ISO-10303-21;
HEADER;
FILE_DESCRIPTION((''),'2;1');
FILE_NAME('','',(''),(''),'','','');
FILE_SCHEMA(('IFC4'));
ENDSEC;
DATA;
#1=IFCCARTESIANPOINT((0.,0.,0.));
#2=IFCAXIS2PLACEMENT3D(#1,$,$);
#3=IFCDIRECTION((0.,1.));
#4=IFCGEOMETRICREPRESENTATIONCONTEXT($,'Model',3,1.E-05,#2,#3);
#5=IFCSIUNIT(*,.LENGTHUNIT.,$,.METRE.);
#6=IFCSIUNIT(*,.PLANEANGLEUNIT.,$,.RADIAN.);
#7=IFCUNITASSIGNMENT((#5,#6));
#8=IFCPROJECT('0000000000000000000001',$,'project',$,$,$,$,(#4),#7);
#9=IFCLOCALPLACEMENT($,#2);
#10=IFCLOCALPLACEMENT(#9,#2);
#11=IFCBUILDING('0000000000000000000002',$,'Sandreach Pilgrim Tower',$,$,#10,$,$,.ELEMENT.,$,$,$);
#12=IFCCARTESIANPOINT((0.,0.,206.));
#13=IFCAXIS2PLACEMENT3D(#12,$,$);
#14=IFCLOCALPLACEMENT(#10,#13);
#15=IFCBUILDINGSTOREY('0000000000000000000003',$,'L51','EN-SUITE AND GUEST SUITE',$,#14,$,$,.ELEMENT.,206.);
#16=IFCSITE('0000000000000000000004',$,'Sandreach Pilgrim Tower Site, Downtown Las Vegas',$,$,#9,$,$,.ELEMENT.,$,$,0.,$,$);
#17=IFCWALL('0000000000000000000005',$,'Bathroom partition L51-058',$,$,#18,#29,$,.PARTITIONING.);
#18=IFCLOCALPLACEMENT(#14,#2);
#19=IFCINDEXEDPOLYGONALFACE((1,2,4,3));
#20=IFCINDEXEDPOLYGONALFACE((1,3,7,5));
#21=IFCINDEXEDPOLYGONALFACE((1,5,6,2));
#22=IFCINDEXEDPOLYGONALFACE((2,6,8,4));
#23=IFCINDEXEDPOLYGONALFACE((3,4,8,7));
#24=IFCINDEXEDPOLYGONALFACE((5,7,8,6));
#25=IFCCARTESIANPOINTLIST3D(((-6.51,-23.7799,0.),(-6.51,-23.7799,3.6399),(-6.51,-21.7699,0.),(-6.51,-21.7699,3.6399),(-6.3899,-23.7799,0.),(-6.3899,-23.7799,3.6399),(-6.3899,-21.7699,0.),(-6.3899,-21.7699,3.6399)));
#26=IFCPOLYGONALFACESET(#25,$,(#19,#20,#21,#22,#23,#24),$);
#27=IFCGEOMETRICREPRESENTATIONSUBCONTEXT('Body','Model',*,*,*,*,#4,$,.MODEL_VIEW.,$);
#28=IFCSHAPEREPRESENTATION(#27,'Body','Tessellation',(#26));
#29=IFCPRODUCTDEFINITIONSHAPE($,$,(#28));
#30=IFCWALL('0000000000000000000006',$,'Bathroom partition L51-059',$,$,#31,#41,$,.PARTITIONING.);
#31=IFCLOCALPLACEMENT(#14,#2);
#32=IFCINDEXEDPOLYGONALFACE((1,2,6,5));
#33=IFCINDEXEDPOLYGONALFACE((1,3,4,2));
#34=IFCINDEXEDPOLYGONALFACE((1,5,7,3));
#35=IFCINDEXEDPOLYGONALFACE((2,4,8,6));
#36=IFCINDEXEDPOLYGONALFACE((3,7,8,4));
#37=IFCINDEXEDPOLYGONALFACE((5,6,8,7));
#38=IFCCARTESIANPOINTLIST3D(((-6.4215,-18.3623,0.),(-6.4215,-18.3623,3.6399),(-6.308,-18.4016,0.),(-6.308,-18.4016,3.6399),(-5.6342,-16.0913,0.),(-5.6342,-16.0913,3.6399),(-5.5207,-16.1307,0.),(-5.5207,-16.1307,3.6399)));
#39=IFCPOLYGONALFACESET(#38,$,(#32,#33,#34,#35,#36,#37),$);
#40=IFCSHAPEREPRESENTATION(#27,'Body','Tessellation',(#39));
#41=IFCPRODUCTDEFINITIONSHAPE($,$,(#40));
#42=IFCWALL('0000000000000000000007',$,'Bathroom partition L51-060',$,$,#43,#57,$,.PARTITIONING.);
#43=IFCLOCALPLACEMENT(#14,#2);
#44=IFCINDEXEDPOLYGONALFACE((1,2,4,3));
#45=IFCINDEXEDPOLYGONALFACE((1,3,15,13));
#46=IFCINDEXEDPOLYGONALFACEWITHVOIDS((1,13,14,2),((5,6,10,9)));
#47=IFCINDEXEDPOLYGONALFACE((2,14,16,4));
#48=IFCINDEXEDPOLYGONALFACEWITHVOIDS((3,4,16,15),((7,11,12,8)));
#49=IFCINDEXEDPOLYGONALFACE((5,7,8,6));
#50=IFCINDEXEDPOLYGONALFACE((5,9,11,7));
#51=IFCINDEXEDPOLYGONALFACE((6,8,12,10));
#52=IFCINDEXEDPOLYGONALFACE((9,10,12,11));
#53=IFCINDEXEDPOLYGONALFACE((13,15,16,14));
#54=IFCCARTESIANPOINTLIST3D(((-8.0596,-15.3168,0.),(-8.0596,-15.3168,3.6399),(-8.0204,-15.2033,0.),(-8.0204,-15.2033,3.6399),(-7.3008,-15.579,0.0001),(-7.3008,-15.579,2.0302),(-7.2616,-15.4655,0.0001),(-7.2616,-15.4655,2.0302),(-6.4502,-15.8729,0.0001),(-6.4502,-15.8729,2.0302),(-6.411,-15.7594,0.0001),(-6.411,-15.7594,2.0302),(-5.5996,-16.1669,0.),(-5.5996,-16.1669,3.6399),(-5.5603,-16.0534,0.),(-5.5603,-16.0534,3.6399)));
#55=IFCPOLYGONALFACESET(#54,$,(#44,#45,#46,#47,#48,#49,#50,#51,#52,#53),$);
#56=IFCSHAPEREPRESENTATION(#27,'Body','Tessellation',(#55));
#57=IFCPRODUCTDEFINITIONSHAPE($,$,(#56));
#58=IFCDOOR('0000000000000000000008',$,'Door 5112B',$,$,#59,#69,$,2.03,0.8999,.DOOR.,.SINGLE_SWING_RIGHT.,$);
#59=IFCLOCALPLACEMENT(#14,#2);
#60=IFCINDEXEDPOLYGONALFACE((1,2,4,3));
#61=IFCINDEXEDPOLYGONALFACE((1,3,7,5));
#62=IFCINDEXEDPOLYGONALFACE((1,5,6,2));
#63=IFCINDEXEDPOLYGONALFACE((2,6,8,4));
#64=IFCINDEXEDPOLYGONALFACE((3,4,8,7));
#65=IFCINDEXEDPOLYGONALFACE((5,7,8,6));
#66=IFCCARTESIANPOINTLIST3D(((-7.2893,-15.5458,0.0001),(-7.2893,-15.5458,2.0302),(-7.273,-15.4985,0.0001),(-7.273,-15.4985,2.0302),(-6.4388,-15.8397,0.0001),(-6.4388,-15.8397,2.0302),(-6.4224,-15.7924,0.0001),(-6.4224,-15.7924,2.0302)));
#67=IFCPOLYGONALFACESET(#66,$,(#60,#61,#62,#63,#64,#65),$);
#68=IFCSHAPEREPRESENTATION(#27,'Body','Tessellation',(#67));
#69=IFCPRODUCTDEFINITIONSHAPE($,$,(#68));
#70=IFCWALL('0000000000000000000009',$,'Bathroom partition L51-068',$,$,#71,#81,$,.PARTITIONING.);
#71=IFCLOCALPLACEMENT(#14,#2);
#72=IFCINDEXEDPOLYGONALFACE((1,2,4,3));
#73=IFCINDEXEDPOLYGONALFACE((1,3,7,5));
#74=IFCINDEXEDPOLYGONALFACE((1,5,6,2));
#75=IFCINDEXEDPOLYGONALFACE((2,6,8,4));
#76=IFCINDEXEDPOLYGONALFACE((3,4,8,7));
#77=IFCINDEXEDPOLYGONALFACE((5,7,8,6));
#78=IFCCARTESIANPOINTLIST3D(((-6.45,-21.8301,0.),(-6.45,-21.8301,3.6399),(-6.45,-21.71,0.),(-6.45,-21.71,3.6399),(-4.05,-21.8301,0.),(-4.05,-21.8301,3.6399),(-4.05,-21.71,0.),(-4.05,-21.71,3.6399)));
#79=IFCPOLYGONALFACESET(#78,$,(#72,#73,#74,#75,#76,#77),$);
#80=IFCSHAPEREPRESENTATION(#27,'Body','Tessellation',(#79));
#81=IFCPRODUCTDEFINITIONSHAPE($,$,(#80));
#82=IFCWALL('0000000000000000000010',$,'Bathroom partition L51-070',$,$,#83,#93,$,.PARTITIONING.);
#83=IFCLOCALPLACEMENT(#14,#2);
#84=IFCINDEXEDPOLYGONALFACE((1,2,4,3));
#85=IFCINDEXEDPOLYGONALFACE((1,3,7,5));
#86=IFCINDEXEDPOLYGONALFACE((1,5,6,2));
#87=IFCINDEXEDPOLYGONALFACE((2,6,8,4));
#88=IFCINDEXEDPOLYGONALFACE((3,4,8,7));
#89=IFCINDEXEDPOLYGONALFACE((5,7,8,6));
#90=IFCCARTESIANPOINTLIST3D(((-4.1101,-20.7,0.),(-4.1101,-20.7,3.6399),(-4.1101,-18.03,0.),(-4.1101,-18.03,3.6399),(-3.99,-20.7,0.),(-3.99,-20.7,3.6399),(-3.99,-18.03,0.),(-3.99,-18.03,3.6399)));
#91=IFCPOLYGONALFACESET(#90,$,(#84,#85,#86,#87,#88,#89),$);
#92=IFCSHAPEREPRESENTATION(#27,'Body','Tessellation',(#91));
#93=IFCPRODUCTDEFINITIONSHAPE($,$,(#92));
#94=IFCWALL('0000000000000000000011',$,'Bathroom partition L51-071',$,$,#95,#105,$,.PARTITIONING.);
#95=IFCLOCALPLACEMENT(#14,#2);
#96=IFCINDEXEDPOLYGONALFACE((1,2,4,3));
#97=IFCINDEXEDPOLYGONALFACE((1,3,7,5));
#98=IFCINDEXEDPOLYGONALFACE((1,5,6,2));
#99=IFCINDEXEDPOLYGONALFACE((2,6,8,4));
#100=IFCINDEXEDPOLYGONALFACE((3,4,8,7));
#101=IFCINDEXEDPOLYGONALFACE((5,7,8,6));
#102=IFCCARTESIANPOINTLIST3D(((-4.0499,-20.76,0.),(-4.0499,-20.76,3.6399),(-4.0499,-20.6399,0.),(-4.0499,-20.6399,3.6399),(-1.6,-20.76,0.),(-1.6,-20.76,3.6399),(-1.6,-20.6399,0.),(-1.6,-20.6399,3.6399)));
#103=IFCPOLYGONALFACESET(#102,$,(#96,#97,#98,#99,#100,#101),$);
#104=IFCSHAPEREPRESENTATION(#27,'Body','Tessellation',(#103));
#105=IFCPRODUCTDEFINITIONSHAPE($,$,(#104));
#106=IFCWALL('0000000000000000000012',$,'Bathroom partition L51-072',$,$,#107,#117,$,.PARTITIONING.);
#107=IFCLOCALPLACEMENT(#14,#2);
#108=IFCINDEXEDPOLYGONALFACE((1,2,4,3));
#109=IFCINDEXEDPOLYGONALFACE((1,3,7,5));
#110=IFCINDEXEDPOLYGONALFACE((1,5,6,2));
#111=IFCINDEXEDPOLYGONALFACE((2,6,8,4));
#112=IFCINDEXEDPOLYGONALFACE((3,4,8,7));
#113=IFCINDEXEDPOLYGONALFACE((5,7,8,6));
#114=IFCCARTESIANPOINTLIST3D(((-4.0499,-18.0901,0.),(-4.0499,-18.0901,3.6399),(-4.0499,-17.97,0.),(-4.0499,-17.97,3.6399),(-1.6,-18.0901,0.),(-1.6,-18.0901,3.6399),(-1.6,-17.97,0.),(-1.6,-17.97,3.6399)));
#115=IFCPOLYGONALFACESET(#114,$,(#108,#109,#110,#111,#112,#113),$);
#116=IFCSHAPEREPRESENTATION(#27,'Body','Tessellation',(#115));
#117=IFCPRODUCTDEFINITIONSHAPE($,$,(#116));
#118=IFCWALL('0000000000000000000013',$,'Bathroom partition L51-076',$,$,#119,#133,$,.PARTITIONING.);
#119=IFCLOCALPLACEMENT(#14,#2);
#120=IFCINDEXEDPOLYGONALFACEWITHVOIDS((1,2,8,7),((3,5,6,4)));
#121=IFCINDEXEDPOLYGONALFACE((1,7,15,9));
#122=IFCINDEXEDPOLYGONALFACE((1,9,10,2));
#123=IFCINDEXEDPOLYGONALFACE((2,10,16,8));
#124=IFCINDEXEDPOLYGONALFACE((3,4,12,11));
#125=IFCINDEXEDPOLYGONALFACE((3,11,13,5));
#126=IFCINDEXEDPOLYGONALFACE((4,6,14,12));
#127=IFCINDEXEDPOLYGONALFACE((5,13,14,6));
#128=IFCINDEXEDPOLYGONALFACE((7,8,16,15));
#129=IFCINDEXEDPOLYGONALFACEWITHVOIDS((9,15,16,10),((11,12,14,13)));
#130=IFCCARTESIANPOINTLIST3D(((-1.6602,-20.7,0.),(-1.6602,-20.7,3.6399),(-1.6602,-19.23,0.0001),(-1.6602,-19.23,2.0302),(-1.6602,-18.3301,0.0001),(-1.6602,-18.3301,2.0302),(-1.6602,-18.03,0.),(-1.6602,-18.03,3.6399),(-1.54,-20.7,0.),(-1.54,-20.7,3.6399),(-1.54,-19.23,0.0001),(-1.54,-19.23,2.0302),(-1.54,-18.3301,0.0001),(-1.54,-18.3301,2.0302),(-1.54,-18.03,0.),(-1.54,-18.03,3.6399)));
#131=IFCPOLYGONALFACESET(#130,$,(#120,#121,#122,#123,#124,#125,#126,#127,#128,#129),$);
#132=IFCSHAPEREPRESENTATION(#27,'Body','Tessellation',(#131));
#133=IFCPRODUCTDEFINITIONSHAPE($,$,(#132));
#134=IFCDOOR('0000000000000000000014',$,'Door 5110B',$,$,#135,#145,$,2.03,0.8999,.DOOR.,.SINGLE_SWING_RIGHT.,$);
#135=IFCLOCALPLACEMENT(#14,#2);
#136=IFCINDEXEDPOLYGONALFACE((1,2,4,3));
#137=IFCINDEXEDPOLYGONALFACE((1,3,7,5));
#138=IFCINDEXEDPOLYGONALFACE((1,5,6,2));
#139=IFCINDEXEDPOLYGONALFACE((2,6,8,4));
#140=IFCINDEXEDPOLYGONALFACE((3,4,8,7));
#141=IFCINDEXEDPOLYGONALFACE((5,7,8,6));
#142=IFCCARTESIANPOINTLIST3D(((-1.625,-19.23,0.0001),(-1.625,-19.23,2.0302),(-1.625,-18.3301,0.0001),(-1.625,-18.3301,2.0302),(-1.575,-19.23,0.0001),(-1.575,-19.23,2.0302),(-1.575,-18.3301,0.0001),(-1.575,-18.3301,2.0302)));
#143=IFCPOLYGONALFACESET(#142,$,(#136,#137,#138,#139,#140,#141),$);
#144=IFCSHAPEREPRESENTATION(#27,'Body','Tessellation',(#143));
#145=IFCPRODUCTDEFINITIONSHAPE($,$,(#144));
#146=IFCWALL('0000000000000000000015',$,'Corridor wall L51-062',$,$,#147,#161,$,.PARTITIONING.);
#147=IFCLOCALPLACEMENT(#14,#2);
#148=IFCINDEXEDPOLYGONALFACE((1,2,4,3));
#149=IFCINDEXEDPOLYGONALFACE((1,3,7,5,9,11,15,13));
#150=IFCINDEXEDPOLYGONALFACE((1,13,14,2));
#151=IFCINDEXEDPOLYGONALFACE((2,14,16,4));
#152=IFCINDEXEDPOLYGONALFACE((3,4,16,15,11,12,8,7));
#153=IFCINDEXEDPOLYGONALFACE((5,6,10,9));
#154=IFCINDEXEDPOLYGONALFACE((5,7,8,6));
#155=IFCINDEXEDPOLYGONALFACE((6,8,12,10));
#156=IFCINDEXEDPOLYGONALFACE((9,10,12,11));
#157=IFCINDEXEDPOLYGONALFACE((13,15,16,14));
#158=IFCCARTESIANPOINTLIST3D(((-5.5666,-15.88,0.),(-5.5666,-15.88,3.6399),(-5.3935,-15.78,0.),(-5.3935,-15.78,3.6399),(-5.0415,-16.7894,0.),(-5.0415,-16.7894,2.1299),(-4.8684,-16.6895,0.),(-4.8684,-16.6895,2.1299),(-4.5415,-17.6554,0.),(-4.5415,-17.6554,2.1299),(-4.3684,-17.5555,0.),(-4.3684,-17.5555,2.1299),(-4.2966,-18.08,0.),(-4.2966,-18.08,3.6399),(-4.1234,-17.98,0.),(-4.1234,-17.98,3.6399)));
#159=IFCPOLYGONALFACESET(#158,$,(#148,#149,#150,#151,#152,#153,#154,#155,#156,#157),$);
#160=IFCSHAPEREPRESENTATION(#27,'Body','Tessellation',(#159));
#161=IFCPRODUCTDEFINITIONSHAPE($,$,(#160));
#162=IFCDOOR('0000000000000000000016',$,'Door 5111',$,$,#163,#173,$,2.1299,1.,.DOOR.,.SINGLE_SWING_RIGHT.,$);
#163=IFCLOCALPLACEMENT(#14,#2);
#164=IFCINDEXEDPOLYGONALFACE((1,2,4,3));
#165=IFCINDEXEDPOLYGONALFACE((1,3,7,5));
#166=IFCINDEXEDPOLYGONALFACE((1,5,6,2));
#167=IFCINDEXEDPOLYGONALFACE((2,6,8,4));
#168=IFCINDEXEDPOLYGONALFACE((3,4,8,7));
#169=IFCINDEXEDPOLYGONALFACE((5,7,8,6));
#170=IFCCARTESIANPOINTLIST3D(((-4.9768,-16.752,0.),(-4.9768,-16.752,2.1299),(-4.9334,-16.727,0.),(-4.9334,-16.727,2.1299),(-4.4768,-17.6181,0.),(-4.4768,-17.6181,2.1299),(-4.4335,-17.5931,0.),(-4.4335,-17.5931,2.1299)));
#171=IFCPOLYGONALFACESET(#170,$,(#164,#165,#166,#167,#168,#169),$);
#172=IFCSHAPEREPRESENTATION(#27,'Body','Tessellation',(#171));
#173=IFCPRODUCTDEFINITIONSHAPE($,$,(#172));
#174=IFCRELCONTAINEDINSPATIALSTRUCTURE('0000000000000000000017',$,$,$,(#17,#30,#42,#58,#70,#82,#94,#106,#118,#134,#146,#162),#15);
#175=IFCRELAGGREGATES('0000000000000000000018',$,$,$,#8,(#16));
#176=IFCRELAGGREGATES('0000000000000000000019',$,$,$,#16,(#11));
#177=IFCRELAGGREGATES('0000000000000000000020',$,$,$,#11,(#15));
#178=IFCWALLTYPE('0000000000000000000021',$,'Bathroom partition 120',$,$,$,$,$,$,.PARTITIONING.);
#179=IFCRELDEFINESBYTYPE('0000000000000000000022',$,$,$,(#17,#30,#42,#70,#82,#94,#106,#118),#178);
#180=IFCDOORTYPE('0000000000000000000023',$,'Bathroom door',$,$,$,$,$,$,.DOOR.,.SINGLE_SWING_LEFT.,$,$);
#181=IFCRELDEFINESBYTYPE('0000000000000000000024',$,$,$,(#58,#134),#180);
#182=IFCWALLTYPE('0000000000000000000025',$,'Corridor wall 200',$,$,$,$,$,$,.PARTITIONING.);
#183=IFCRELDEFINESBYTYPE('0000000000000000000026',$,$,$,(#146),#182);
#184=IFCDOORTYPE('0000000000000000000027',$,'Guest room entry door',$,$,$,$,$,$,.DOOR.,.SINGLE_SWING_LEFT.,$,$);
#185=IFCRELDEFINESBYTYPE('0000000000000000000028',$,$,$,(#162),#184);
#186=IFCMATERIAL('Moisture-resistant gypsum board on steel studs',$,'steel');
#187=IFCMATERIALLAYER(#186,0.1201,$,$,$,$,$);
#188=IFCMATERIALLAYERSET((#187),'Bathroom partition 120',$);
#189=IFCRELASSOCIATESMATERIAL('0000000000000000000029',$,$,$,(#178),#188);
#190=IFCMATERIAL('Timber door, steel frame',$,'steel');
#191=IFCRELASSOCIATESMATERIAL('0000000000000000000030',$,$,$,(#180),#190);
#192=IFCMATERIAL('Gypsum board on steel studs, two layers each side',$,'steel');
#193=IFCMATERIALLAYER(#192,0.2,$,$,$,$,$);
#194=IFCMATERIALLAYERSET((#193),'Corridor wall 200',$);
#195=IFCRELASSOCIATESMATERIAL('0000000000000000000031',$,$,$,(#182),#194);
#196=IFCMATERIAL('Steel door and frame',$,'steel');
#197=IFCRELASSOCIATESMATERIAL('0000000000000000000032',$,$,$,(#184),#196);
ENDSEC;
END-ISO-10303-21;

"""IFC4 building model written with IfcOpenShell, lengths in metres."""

from ifc_helpers import new_model, si_unit, direction, frame, frame_2d, origin, place, context, subcontext, project, spatial, rectangle, extrude, material, layer, layer_set, type_object, element, fill, save


model = new_model("IFC4")

# Units and contexts
model_context = context("Model", 3, precision=1e-05, world=origin(), true_north=direction((0.0, 1.0)))
body_context = subcontext(model_context, "Body", "Model", "MODEL_VIEW")
ifc_project = project(units=[si_unit("LENGTHUNIT", "METRE"), si_unit("PLANEANGLEUNIT", "RADIAN")], contexts=[model_context])

# Site, building, storey
site_placement = place(None, origin())
site = spatial("IfcSite", under=ifc_project, at=site_placement, Name="Sandreach Pilgrim Tower Site, Downtown Las Vegas", CompositionType="ELEMENT", RefElevation=0.0)
building_placement = place(site_placement, origin())
building = spatial("IfcBuilding", under=site, at=building_placement, Name="Sandreach Pilgrim Tower", CompositionType="ELEMENT")
storey_placement = place(building_placement, frame((0.0, 0.0, 206.0)))
storey = spatial("IfcBuildingStorey", under=building, at=storey_placement, Name="L51", Description="EN-SUITE AND GUEST SUITE", CompositionType="ELEMENT", Elevation=206.0)

# Walls
ifc_material_1 = material(Name="Moisture-resistant gypsum board on steel studs", Category="steel")
ifc_layer_1 = layer(ifc_material_1, 0.1201)
ifc_layer_set_1 = layer_set([ifc_layer_1], Name="Bathroom partition 120")
wall_type_1 = type_object("IfcWallType", Name="Bathroom partition 120", PredefinedType="PARTITIONING", material=ifc_layer_set_1)
wall_1_placement = place(storey_placement, frame((-6.45, -21.77, 0.0), z_axis=(0.0, 0.0, 1.0), x_axis=(0.0, -1.0, 0.0)))
element("IfcWall", 1, at=wall_1_placement, inside=storey, type_object=wall_type_1, Name="Bathroom partition L51-058", PredefinedType="PARTITIONING", context=body_context, shape_type="SweptSolid", body=[
    extrude(rectangle(XDim=2.01, YDim=0.1201, at=frame_2d((1.0049, 0.0))), origin(), (0.0, 0.0, 1.0), 3.6399),
])
wall_2_placement = place(storey_placement, frame((-6.3647, -18.3818, 0.0), z_axis=(0.0, 0.0, 1.0), x_axis=(0.327571, 0.944827, 0.0)))
element("IfcWall", 2, at=wall_2_placement, inside=storey, type_object=wall_type_1, Name="Bathroom partition L51-059", PredefinedType="PARTITIONING", context=body_context, shape_type="SweptSolid", body=[
    extrude(rectangle(XDim=2.4036, YDim=0.1201, at=frame_2d((1.2017, 0.0))), origin(), (0.0, 0.0, 1.0), 3.6399),
])

# Wall, opening, door
wall_3_placement = place(storey_placement, frame((-5.5801, -16.1101, 0.0), z_axis=(0.0, 0.0, 1.0), x_axis=(-0.945155, 0.326621, 0.0)))
wall_3 = element("IfcWall", 3, at=wall_3_placement, inside=storey, type_object=wall_type_1, Name="Bathroom partition L51-060", PredefinedType="PARTITIONING", context=body_context, shape_type="SweptSolid", body=[
    extrude(rectangle(XDim=2.6028, YDim=0.1201, at=frame_2d((1.3013, 0.0))), origin(), (0.0, 0.0, 1.0), 3.6399),
])
opening_1_placement = place(wall_3_placement, frame((0.8999, 0.0, 0.0)))
opening_1 = element("IfcOpeningElement", 4, at=opening_1_placement, cuts=wall_3, PredefinedType="OPENING", context=body_context, shape_type="SweptSolid", body=[
    extrude(rectangle(XDim=0.8999, YDim=2.03, at=frame_2d((0.45, 1.0151))), frame((0.0, 0.0601, 0.0), z_axis=(0.0, -1.0, 0.0), x_axis=(1.0, 0.0, 0.0)), (0.0, 0.0, 1.0), 0.1201),
])
ifc_material_2 = material(Name="Timber door, steel frame", Category="steel")
door_type_1 = type_object("IfcDoorType", Name="Bathroom door", OperationType="SINGLE_SWING_LEFT", PredefinedType="DOOR", material=ifc_material_2)
door_1_placement = place(opening_1_placement, origin())
door_1 = element("IfcDoor", 5, at=door_1_placement, inside=storey, type_object=door_type_1, Name="Door 5112B", OperationType="SINGLE_SWING_RIGHT", OverallHeight=2.03, OverallWidth=0.8999, PredefinedType="DOOR", context=body_context, shape_type="SweptSolid", body=[
    extrude(rectangle(XDim=0.8999, YDim=2.03, at=frame_2d((0.45, 1.0151))), frame((0.0, 0.0249, 0.0), z_axis=(0.0, -1.0, 0.0), x_axis=(1.0, 0.0, 0.0)), (0.0, 0.0, 1.0), 0.05),
])
fill(opening_1, door_1)

# Walls
wall_4_placement = place(storey_placement, frame((-4.05, -21.77, 0.0), z_axis=(0.0, 0.0, 1.0), x_axis=(-1.0, 0.0, 0.0)))
element("IfcWall", 6, at=wall_4_placement, inside=storey, type_object=wall_type_1, Name="Bathroom partition L51-068", PredefinedType="PARTITIONING", context=body_context, shape_type="SweptSolid", body=[
    extrude(rectangle(XDim=2.3999, YDim=0.1201, at=frame_2d((1.2, 0.0))), origin(), (0.0, 0.0, 1.0), 3.6399),
])
wall_5_placement = place(storey_placement, frame((-4.05, -20.7, 0.0), z_axis=(0.0, 0.0, 1.0), x_axis=(0.0, 1.0, 0.0)))
element("IfcWall", 7, at=wall_5_placement, inside=storey, type_object=wall_type_1, Name="Bathroom partition L51-070", PredefinedType="PARTITIONING", context=body_context, shape_type="SweptSolid", body=[
    extrude(rectangle(XDim=2.6699, YDim=0.1201, at=frame_2d((1.335, 0.0))), origin(), (0.0, 0.0, 1.0), 3.6399),
])
for number, where, z_axis, x_axis, name in (
    (8, (-4.05, -20.7, 0.0), (0.0, 0.0, 1.0), (1.0, 0.0, 0.0), "Bathroom partition L51-071"),
    (9, (-4.05, -18.03, 0.0), (0.0, 0.0, 1.0), (1.0, 0.0, 0.0), "Bathroom partition L51-072"),
):
    element("IfcWall", number, at=place(storey_placement, frame(where, z_axis=z_axis, x_axis=x_axis)), inside=storey, type_object=wall_type_1, Name=name, PredefinedType="PARTITIONING", context=body_context, shape_type="SweptSolid", body=[
        extrude(rectangle(XDim=2.45, YDim=0.1201, at=frame_2d((1.2251, 0.0))), origin(), (0.0, 0.0, 1.0), 3.6399),
    ])

# Walls, openings, doors
wall_6_placement = place(storey_placement, frame((-1.6001, -20.7, 0.0), z_axis=(0.0, 0.0, 1.0), x_axis=(0.0, 1.0, 0.0)))
wall_6 = element("IfcWall", 10, at=wall_6_placement, inside=storey, type_object=wall_type_1, Name="Bathroom partition L51-076", PredefinedType="PARTITIONING", context=body_context, shape_type="SweptSolid", body=[
    extrude(rectangle(XDim=2.6699, YDim=0.1201, at=frame_2d((1.335, 0.0))), origin(), (0.0, 0.0, 1.0), 3.6399),
])
opening_2_placement = place(wall_6_placement, frame((1.47, 0.0, 0.0)))
opening_2 = element("IfcOpeningElement", 11, at=opening_2_placement, cuts=wall_6, PredefinedType="OPENING", context=body_context, shape_type="SweptSolid", body=[
    extrude(rectangle(XDim=0.8999, YDim=2.03, at=frame_2d((0.45, 1.0151))), frame((0.0, 0.0601, 0.0), z_axis=(0.0, -1.0, 0.0), x_axis=(1.0, 0.0, 0.0)), (0.0, 0.0, 1.0), 0.1201),
])
door_2_placement = place(opening_2_placement, origin())
door_2 = element("IfcDoor", 12, at=door_2_placement, inside=storey, type_object=door_type_1, Name="Door 5110B", OperationType="SINGLE_SWING_RIGHT", OverallHeight=2.03, OverallWidth=0.8999, PredefinedType="DOOR", context=body_context, shape_type="SweptSolid", body=[
    extrude(rectangle(XDim=0.8999, YDim=2.03, at=frame_2d((0.45, 1.0151))), frame((0.0, 0.0249, 0.0), z_axis=(0.0, -1.0, 0.0), x_axis=(1.0, 0.0, 0.0)), (0.0, 0.0, 1.0), 0.05),
])
fill(opening_2, door_2)
ifc_material_3 = material(Name="Gypsum board on steel studs, two layers each side", Category="steel")
ifc_layer_2 = layer(ifc_material_3, 0.2)
ifc_layer_set_2 = layer_set([ifc_layer_2], Name="Corridor wall 200")
wall_type_2 = type_object("IfcWallType", Name="Corridor wall 200", PredefinedType="PARTITIONING", material=ifc_layer_set_2)
wall_7_placement = place(storey_placement, frame((-5.48, -15.8301, 0.0), z_axis=(0.0, 0.0, 1.0), x_axis=(0.499964, -0.866046, 0.0)))
wall_7 = element("IfcWall", 13, at=wall_7_placement, inside=storey, type_object=wall_type_2, Name="Corridor wall L51-062", PredefinedType="PARTITIONING", context=body_context, shape_type="SweptSolid", body=[
    extrude(rectangle(XDim=2.5403, YDim=0.2, at=frame_2d((1.27, 0.0))), origin(), (0.0, 0.0, 1.0), 3.6399),
])
opening_3_placement = place(wall_7_placement, frame((1.05, 0.0, 0.0)))
opening_3 = element("IfcOpeningElement", 14, at=opening_3_placement, cuts=wall_7, PredefinedType="OPENING", context=body_context, shape_type="SweptSolid", body=[
    extrude(rectangle(XDim=1.0, YDim=2.1299, at=frame_2d((0.5, 1.0649))), frame((0.0, 0.1001, 0.0), z_axis=(0.0, -1.0, 0.0), x_axis=(1.0, 0.0, 0.0)), (0.0, 0.0, 1.0), 0.2),
])
ifc_material_4 = material(Name="Steel door and frame", Category="steel")
door_type_2 = type_object("IfcDoorType", Name="Guest room entry door", OperationType="SINGLE_SWING_LEFT", PredefinedType="DOOR", material=ifc_material_4)
door_3_placement = place(opening_3_placement, origin())
door_3 = element("IfcDoor", 15, at=door_3_placement, inside=storey, type_object=door_type_2, Name="Door 5111", OperationType="SINGLE_SWING_RIGHT", OverallHeight=2.1299, OverallWidth=1.0, PredefinedType="DOOR", context=body_context, shape_type="SweptSolid", body=[
    extrude(rectangle(XDim=1.0, YDim=2.1299, at=frame_2d((0.5, 1.0649))), frame((0.0, 0.0249, 0.0), z_axis=(0.0, -1.0, 0.0), x_axis=(1.0, 0.0, 0.0)), (0.0, 0.0, 1.0), 0.05),
])
fill(opening_3, door_3)

save(model, "model.ifc")
